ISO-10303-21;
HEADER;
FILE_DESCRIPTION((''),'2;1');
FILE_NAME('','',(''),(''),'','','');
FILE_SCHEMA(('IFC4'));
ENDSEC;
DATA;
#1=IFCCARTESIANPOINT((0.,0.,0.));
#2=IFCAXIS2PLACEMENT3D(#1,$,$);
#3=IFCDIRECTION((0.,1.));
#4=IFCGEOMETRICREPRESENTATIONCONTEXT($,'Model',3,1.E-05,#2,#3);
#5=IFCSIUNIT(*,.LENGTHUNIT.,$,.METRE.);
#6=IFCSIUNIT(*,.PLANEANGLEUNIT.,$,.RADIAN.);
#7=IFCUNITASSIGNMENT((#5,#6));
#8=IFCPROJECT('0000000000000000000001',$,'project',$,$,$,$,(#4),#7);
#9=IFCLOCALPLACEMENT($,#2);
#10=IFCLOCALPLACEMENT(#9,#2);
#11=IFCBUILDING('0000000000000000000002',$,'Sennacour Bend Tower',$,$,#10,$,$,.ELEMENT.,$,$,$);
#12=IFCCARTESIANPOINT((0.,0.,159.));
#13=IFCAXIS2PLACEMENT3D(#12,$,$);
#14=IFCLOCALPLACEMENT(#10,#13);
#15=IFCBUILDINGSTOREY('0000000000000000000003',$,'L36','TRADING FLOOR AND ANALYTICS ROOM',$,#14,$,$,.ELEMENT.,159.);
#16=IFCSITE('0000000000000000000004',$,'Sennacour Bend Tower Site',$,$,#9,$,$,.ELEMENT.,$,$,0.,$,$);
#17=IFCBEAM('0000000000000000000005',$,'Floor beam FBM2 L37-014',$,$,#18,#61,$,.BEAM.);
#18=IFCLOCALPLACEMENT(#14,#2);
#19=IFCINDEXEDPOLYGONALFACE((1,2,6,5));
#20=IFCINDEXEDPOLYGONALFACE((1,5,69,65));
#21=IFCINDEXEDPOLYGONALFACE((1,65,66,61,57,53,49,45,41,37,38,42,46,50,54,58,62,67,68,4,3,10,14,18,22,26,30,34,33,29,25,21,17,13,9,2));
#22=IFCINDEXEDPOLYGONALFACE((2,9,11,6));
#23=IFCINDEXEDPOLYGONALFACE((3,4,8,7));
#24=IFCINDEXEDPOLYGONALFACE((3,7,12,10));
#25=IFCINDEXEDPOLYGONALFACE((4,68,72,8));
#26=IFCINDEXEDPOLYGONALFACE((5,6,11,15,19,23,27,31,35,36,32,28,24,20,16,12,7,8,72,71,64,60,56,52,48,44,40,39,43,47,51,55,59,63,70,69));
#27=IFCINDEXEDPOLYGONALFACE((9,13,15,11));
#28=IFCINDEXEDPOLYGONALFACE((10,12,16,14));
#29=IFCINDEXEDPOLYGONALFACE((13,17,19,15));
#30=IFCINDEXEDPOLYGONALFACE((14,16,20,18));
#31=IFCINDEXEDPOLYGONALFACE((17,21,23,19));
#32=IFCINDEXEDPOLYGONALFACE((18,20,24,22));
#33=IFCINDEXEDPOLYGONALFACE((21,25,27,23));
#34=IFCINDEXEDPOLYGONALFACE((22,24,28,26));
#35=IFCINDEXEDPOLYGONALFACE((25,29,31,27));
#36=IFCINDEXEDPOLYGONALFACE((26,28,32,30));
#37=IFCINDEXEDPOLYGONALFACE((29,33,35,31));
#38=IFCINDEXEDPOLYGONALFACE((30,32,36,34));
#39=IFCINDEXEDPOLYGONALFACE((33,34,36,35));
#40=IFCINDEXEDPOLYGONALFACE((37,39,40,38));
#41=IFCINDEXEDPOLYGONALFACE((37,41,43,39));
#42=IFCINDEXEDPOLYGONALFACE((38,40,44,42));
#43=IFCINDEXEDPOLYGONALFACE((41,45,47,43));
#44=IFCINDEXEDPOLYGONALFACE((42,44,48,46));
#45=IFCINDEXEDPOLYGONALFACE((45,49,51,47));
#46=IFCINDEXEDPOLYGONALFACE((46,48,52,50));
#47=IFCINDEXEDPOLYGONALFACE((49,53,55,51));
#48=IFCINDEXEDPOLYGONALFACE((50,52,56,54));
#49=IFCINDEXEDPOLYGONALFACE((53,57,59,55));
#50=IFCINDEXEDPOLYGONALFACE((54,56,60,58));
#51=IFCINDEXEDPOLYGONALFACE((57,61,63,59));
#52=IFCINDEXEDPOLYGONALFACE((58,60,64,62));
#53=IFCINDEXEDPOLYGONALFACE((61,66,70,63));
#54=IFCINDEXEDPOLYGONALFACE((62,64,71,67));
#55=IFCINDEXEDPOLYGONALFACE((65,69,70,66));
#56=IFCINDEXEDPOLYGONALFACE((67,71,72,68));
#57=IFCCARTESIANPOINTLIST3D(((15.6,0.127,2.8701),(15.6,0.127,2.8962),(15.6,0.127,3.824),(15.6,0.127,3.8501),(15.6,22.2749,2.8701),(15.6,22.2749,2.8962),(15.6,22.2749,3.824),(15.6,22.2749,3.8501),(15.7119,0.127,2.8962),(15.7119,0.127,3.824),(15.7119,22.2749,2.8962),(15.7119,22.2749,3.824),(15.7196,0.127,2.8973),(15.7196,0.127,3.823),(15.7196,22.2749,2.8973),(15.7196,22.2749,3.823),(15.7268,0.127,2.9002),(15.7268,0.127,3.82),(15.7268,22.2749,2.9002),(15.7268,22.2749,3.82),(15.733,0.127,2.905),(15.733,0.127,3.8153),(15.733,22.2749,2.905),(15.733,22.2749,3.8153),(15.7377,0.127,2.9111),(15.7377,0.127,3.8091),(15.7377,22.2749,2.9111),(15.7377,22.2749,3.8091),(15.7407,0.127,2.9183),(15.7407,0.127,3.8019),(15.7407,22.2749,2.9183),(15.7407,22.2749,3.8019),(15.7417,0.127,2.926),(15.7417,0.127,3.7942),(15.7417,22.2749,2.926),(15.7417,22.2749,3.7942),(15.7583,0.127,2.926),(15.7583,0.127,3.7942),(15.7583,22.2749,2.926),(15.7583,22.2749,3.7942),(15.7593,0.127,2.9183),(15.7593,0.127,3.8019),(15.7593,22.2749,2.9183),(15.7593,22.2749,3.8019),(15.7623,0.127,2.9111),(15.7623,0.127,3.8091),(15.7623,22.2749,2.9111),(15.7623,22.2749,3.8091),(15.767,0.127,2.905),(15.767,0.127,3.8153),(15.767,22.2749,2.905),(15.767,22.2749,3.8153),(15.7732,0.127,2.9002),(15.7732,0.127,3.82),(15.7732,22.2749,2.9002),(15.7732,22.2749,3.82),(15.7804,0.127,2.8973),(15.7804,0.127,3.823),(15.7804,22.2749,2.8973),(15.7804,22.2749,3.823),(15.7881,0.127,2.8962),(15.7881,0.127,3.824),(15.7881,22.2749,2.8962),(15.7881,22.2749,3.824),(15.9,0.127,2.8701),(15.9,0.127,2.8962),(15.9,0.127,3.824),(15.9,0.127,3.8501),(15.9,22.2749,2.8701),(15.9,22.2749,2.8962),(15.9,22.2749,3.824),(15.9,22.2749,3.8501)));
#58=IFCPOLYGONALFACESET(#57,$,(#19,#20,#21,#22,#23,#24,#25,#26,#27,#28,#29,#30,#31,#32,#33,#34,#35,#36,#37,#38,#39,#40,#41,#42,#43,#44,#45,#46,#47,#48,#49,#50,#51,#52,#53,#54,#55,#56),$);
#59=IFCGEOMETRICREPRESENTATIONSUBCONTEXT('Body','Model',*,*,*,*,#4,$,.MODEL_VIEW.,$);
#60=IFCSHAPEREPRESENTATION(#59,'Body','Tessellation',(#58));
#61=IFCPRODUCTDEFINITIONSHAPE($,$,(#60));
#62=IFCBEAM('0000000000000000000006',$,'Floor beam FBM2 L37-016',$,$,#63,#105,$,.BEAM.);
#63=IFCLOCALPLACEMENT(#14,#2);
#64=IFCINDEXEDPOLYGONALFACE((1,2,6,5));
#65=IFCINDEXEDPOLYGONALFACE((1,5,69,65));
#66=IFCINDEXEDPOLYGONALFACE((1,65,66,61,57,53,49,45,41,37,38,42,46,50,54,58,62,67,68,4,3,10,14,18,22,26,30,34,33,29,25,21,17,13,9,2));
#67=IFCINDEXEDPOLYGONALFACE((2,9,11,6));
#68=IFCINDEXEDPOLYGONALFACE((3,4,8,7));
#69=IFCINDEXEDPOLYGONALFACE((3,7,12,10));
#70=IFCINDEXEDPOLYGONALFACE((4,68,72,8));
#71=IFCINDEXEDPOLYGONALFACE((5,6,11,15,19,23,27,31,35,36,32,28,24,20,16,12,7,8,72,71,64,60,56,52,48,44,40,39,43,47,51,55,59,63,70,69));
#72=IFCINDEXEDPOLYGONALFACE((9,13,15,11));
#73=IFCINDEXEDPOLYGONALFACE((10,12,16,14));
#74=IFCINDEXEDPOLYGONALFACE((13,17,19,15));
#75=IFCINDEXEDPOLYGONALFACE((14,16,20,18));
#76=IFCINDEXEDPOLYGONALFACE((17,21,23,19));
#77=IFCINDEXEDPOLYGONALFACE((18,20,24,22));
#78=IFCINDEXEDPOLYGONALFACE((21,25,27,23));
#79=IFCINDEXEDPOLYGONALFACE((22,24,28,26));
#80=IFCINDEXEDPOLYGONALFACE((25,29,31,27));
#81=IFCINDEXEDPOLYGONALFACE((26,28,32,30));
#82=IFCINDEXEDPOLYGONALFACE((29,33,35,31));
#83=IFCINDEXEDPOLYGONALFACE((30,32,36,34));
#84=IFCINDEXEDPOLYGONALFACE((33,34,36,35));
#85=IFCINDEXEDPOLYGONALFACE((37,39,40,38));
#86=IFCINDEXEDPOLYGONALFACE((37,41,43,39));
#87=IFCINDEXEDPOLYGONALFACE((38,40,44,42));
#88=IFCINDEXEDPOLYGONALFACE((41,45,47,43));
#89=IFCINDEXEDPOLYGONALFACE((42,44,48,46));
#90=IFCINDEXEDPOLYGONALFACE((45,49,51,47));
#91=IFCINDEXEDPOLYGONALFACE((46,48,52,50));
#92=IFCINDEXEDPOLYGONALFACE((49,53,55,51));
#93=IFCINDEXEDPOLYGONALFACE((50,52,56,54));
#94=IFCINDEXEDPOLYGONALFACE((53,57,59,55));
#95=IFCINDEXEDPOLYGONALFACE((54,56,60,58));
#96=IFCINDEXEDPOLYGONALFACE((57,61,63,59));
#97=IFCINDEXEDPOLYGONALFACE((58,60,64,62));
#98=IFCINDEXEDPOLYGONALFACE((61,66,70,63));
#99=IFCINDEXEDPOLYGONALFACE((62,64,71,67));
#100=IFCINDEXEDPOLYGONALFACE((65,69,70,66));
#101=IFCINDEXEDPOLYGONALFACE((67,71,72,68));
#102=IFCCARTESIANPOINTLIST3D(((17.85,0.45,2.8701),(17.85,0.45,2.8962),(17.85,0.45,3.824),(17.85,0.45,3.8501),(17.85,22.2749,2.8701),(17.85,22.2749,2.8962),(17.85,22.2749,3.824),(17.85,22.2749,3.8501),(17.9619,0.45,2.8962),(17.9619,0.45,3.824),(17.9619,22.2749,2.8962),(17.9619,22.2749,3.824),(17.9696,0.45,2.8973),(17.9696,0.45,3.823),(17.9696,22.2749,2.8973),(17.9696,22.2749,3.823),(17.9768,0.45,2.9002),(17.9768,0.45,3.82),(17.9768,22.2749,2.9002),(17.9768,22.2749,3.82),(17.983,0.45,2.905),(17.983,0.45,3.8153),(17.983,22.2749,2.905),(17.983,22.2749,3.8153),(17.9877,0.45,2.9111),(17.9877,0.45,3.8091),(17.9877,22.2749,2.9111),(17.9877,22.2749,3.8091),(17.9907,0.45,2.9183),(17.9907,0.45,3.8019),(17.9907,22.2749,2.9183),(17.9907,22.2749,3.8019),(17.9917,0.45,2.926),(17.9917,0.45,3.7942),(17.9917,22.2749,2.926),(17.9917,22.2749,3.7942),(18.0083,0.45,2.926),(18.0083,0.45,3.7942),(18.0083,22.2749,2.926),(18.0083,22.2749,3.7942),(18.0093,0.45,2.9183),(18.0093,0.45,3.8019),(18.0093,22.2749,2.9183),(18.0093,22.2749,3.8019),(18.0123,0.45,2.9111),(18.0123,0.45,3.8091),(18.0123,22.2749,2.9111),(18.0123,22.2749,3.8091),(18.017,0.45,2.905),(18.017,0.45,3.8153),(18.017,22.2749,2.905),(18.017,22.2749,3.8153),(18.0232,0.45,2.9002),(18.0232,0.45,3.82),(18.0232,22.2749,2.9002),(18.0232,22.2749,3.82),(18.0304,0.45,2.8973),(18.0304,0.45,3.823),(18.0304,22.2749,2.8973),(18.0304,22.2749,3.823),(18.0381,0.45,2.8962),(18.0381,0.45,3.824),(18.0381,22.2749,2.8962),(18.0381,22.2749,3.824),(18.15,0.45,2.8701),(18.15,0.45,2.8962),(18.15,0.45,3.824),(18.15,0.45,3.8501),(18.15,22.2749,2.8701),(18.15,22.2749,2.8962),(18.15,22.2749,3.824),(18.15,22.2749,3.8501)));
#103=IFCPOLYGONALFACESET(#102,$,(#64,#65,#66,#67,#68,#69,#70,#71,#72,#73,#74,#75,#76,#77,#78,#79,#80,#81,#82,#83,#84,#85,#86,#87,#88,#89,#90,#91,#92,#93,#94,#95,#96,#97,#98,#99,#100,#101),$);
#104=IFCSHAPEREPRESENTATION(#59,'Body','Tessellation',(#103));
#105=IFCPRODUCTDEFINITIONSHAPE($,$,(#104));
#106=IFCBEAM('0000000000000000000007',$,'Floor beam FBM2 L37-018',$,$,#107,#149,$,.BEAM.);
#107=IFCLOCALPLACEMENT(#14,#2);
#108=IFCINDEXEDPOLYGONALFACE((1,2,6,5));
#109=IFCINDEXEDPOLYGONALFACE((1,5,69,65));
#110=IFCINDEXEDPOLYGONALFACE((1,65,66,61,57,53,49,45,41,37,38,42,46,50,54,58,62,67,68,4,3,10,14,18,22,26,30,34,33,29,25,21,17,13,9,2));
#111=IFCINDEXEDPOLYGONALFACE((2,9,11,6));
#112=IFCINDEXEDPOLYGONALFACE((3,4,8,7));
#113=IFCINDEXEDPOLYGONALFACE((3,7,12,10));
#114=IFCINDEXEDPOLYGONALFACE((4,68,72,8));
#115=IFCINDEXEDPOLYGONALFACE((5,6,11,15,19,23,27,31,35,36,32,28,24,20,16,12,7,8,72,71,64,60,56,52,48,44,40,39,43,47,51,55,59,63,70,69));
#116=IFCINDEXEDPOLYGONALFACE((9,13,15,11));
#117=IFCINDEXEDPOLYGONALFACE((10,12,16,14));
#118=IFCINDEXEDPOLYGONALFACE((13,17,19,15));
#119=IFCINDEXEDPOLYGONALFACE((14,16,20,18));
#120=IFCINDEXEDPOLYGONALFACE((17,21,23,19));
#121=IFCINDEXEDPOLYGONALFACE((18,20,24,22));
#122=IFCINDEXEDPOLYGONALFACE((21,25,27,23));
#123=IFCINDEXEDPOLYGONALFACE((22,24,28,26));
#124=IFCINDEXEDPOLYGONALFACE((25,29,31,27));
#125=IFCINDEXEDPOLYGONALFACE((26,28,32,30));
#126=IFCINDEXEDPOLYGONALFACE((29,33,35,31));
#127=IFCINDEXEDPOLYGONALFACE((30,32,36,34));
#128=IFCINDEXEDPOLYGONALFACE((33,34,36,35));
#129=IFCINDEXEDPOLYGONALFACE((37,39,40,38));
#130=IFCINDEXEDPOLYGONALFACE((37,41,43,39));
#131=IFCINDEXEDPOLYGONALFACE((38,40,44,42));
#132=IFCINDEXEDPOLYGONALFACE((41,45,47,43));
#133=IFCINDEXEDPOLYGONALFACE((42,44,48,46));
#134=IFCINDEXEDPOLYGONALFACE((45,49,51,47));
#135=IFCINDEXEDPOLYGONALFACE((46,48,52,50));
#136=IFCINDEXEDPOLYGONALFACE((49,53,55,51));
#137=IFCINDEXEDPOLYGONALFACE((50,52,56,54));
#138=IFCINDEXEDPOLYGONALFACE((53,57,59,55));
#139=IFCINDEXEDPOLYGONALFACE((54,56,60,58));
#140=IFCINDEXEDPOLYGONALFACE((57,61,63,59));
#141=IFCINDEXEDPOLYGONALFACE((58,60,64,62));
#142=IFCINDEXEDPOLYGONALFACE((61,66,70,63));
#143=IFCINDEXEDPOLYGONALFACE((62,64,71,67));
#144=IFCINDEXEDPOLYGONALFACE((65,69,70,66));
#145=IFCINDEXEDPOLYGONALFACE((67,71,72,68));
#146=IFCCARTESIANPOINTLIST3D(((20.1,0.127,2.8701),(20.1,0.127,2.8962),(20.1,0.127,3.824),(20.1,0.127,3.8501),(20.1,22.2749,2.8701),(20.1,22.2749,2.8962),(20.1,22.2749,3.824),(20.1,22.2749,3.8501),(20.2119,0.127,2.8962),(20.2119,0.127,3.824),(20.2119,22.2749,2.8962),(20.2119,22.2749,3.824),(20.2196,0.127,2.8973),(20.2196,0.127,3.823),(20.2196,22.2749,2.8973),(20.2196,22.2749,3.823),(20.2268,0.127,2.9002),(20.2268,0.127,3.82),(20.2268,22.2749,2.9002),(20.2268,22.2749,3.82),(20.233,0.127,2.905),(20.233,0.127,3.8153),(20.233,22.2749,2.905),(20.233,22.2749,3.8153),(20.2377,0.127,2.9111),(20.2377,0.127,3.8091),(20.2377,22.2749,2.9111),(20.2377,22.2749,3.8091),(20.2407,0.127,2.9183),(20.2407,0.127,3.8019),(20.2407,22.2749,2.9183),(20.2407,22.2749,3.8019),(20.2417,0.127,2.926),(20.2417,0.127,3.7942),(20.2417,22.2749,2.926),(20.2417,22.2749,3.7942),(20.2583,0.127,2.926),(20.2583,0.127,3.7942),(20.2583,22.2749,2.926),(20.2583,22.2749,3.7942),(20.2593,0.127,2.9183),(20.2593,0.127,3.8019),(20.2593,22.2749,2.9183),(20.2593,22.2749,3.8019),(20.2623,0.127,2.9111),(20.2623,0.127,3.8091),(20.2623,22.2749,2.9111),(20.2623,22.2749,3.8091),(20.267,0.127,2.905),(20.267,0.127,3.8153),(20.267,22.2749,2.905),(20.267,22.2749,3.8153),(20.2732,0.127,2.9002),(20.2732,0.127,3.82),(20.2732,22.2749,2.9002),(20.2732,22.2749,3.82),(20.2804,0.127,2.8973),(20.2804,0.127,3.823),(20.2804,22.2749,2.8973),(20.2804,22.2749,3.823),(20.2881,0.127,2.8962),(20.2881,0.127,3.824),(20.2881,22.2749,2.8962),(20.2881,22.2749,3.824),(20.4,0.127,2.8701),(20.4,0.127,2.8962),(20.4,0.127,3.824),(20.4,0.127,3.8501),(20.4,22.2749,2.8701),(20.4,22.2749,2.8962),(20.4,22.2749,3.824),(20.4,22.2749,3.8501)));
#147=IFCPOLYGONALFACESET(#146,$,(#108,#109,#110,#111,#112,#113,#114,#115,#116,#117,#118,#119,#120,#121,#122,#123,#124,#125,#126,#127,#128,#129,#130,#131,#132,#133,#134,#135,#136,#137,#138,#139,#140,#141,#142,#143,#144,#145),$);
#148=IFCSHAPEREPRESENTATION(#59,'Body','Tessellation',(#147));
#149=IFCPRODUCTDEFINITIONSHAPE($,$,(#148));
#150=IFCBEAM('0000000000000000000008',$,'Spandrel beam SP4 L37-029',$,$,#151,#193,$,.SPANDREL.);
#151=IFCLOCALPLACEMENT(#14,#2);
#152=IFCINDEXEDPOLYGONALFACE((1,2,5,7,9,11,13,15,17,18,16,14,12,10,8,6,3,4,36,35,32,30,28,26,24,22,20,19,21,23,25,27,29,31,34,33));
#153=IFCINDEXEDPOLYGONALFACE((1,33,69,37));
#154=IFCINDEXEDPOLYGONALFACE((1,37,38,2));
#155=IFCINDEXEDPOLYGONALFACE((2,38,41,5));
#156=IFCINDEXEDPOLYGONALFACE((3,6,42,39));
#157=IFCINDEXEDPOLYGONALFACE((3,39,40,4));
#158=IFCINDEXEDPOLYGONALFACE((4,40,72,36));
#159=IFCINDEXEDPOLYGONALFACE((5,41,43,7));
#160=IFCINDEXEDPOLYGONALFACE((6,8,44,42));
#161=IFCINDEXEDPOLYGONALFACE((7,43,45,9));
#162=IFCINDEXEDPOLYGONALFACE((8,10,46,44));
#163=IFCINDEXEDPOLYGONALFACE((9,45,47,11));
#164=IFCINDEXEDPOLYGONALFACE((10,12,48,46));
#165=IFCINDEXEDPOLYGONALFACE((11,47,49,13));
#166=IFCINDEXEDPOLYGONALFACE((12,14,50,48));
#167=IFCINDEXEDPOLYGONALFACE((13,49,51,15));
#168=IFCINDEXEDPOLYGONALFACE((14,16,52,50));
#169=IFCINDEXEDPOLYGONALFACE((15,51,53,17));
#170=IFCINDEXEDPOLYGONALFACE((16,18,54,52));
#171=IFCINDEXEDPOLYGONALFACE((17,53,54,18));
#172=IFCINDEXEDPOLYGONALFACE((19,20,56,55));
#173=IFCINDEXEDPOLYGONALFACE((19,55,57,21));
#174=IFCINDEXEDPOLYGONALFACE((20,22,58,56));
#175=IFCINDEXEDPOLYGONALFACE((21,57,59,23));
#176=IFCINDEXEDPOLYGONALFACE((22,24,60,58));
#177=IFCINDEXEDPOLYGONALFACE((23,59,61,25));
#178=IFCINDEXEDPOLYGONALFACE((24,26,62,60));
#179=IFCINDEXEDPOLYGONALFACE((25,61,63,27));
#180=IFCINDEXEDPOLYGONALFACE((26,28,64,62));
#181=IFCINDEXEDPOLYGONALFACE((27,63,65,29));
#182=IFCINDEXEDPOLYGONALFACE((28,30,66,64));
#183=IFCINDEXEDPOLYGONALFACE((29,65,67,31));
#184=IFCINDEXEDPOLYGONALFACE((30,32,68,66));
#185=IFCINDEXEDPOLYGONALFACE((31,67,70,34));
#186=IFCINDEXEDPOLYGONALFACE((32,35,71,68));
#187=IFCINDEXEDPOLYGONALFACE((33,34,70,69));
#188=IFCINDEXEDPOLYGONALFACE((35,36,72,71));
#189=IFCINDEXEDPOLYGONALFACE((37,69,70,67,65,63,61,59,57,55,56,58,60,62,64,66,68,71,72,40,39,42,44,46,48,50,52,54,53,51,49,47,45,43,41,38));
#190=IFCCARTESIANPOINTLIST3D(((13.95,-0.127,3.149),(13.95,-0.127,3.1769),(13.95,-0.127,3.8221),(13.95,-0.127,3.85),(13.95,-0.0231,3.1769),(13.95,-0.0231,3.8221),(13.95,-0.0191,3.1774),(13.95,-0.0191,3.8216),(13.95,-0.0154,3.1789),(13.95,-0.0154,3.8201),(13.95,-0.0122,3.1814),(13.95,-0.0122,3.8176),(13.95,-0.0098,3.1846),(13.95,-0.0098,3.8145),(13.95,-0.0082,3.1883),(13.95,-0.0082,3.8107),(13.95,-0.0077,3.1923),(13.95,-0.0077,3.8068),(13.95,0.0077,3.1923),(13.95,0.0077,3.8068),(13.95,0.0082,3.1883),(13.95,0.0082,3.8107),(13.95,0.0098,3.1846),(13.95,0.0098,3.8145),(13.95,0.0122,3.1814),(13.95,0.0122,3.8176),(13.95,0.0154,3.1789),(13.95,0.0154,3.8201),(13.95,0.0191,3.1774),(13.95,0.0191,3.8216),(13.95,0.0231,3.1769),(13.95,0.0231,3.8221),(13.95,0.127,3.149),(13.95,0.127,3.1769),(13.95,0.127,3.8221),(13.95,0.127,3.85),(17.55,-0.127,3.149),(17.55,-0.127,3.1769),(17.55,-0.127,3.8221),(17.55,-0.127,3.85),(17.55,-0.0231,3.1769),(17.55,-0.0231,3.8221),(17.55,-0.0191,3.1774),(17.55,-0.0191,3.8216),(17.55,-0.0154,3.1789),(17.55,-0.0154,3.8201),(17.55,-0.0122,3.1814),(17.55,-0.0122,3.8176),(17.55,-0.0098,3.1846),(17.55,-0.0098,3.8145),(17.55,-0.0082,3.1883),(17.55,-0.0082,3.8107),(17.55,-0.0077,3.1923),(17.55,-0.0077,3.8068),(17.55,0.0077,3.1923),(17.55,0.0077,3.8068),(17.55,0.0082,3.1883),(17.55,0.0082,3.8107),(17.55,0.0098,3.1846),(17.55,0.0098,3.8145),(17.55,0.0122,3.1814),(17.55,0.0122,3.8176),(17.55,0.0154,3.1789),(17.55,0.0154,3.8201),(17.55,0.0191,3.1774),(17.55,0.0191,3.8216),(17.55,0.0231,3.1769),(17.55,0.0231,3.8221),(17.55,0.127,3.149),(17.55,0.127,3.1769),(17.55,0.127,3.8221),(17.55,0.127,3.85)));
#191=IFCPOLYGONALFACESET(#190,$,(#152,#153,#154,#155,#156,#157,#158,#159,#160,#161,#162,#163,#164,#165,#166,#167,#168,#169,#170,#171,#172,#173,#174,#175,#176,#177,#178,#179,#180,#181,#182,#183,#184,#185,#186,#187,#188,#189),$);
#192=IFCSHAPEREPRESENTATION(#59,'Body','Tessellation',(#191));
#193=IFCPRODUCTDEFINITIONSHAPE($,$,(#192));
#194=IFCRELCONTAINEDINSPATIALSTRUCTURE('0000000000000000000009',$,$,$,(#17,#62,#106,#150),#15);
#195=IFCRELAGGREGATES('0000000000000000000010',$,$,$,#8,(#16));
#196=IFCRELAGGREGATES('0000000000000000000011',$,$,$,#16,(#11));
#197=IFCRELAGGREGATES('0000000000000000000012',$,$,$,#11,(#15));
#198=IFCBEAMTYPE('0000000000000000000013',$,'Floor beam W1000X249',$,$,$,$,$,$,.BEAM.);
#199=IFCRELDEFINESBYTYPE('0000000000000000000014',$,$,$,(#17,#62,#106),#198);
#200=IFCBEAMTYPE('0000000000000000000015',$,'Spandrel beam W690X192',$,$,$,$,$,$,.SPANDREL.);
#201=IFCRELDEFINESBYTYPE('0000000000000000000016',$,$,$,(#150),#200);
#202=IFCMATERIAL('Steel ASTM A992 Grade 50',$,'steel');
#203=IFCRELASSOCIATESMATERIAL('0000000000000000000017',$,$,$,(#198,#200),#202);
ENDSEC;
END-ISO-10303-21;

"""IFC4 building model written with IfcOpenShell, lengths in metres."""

from ifc_helpers import new_model, si_unit, direction, frame, origin, origin_2d, place, context, subcontext, project, spatial, i_section, extrude, material, material_profile, profile_set, type_object, element, save


model = new_model("IFC4")

# Units and contexts
model_context = context("Model", 3, precision=1e-05, world=origin(), true_north=direction((0.0, 1.0)))
body_context = subcontext(model_context, "Body", "Model", "MODEL_VIEW")
ifc_project = project(units=[si_unit("LENGTHUNIT", "METRE"), si_unit("PLANEANGLEUNIT", "RADIAN")], contexts=[model_context])

# Site, building, storey
site_placement = place(None, origin())
site = spatial("IfcSite", under=ifc_project, at=site_placement, Name="Sennacour Bend Tower Site", CompositionType="ELEMENT", RefElevation=0.0)
building_placement = place(site_placement, origin())
building = spatial("IfcBuilding", under=site, at=building_placement, Name="Sennacour Bend Tower", CompositionType="ELEMENT")
storey_placement = place(building_placement, frame((0.0, 0.0, 159.0)))
storey = spatial("IfcBuildingStorey", under=building, at=storey_placement, Name="L36", Description="TRADING FLOOR AND ANALYTICS ROOM", CompositionType="ELEMENT", Elevation=159.0)

# Beams
ifc_material_1 = material(Name="Steel ASTM A992 Grade 50", Category="steel")
ifc_material_profile_1 = material_profile(ifc_material_1, i_section(OverallWidth=0.3, OverallDepth=0.98, WebThickness=0.0166, FlangeThickness=0.0261, FilletRadius=0.0298, at=origin_2d()), Name="Steel ASTM A992 Grade 50", Category="steel")
ifc_profile_set_1 = profile_set([ifc_material_profile_1], Name="Steel ASTM A992 Grade 50")
beam_type_1 = type_object("IfcBeamType", Name="Floor beam W1000X249", PredefinedType="BEAM", material=ifc_profile_set_1)
beam_1_placement = place(storey_placement, frame((15.75, 0.127, 3.3601), z_axis=(0.0, 1.0, 0.0), x_axis=(-1.0, 0.0, 0.0)))
element("IfcBeam", 1, at=beam_1_placement, inside=storey, type_object=beam_type_1, Name="Floor beam FBM2 L37-014", PredefinedType="BEAM", context=body_context, shape_type="SweptSolid", body=[
    extrude(i_section(OverallWidth=0.3, OverallDepth=0.98, WebThickness=0.0166, FlangeThickness=0.0261, FilletRadius=0.0298, at=origin_2d()), origin(), (0.0, 0.0, 1.0), 22.1479),
])
beam_2_placement = place(storey_placement, frame((18.0, 0.45, 3.3601), z_axis=(0.0, 1.0, 0.0), x_axis=(-1.0, 0.0, 0.0)))
element("IfcBeam", 2, at=beam_2_placement, inside=storey, type_object=beam_type_1, Name="Floor beam FBM2 L37-016", PredefinedType="BEAM", context=body_context, shape_type="SweptSolid", body=[
    extrude(i_section(OverallWidth=0.3, OverallDepth=0.98, WebThickness=0.0166, FlangeThickness=0.0261, FilletRadius=0.0298, at=origin_2d()), origin(), (0.0, 0.0, 1.0), 21.825),
])
beam_3_placement = place(storey_placement, frame((20.25, 0.127, 3.3601), z_axis=(0.0, 1.0, 0.0), x_axis=(-1.0, 0.0, 0.0)))
element("IfcBeam", 3, at=beam_3_placement, inside=storey, type_object=beam_type_1, Name="Floor beam FBM2 L37-018", PredefinedType="BEAM", context=body_context, shape_type="SweptSolid", body=[
    extrude(i_section(OverallWidth=0.3, OverallDepth=0.98, WebThickness=0.0166, FlangeThickness=0.0261, FilletRadius=0.0298, at=origin_2d()), origin(), (0.0, 0.0, 1.0), 22.1479),
])
ifc_material_profile_2 = material_profile(ifc_material_1, i_section(OverallWidth=0.2539, OverallDepth=0.7009, WebThickness=0.0154, FlangeThickness=0.0278, FilletRadius=0.0154, at=origin_2d()), Name="Steel ASTM A992 Grade 50", Category="steel")
ifc_profile_set_2 = profile_set([ifc_material_profile_2], Name="Steel ASTM A992 Grade 50")
beam_type_2 = type_object("IfcBeamType", Name="Spandrel beam W690X192", PredefinedType="SPANDREL", material=ifc_profile_set_2)
for number, where, z_axis, x_axis, name in (
    (4, (17.55, 0.0, 3.4995), (-1.0, 0.0, 0.0), (0.0, -1.0, 0.0), "Spandrel beam SP4 L37-029"),
):
    element("IfcBeam", number, at=place(storey_placement, frame(where, z_axis=z_axis, x_axis=x_axis)), inside=storey, type_object=beam_type_2, Name=name, PredefinedType="SPANDREL", context=body_context, shape_type="SweptSolid", body=[
        extrude(i_section(OverallWidth=0.2539, OverallDepth=0.7009, WebThickness=0.0154, FlangeThickness=0.0278, FilletRadius=0.0154, at=origin_2d()), origin(), (0.0, 0.0, 1.0), 3.6001),
    ])

save(model, "model.ifc")
